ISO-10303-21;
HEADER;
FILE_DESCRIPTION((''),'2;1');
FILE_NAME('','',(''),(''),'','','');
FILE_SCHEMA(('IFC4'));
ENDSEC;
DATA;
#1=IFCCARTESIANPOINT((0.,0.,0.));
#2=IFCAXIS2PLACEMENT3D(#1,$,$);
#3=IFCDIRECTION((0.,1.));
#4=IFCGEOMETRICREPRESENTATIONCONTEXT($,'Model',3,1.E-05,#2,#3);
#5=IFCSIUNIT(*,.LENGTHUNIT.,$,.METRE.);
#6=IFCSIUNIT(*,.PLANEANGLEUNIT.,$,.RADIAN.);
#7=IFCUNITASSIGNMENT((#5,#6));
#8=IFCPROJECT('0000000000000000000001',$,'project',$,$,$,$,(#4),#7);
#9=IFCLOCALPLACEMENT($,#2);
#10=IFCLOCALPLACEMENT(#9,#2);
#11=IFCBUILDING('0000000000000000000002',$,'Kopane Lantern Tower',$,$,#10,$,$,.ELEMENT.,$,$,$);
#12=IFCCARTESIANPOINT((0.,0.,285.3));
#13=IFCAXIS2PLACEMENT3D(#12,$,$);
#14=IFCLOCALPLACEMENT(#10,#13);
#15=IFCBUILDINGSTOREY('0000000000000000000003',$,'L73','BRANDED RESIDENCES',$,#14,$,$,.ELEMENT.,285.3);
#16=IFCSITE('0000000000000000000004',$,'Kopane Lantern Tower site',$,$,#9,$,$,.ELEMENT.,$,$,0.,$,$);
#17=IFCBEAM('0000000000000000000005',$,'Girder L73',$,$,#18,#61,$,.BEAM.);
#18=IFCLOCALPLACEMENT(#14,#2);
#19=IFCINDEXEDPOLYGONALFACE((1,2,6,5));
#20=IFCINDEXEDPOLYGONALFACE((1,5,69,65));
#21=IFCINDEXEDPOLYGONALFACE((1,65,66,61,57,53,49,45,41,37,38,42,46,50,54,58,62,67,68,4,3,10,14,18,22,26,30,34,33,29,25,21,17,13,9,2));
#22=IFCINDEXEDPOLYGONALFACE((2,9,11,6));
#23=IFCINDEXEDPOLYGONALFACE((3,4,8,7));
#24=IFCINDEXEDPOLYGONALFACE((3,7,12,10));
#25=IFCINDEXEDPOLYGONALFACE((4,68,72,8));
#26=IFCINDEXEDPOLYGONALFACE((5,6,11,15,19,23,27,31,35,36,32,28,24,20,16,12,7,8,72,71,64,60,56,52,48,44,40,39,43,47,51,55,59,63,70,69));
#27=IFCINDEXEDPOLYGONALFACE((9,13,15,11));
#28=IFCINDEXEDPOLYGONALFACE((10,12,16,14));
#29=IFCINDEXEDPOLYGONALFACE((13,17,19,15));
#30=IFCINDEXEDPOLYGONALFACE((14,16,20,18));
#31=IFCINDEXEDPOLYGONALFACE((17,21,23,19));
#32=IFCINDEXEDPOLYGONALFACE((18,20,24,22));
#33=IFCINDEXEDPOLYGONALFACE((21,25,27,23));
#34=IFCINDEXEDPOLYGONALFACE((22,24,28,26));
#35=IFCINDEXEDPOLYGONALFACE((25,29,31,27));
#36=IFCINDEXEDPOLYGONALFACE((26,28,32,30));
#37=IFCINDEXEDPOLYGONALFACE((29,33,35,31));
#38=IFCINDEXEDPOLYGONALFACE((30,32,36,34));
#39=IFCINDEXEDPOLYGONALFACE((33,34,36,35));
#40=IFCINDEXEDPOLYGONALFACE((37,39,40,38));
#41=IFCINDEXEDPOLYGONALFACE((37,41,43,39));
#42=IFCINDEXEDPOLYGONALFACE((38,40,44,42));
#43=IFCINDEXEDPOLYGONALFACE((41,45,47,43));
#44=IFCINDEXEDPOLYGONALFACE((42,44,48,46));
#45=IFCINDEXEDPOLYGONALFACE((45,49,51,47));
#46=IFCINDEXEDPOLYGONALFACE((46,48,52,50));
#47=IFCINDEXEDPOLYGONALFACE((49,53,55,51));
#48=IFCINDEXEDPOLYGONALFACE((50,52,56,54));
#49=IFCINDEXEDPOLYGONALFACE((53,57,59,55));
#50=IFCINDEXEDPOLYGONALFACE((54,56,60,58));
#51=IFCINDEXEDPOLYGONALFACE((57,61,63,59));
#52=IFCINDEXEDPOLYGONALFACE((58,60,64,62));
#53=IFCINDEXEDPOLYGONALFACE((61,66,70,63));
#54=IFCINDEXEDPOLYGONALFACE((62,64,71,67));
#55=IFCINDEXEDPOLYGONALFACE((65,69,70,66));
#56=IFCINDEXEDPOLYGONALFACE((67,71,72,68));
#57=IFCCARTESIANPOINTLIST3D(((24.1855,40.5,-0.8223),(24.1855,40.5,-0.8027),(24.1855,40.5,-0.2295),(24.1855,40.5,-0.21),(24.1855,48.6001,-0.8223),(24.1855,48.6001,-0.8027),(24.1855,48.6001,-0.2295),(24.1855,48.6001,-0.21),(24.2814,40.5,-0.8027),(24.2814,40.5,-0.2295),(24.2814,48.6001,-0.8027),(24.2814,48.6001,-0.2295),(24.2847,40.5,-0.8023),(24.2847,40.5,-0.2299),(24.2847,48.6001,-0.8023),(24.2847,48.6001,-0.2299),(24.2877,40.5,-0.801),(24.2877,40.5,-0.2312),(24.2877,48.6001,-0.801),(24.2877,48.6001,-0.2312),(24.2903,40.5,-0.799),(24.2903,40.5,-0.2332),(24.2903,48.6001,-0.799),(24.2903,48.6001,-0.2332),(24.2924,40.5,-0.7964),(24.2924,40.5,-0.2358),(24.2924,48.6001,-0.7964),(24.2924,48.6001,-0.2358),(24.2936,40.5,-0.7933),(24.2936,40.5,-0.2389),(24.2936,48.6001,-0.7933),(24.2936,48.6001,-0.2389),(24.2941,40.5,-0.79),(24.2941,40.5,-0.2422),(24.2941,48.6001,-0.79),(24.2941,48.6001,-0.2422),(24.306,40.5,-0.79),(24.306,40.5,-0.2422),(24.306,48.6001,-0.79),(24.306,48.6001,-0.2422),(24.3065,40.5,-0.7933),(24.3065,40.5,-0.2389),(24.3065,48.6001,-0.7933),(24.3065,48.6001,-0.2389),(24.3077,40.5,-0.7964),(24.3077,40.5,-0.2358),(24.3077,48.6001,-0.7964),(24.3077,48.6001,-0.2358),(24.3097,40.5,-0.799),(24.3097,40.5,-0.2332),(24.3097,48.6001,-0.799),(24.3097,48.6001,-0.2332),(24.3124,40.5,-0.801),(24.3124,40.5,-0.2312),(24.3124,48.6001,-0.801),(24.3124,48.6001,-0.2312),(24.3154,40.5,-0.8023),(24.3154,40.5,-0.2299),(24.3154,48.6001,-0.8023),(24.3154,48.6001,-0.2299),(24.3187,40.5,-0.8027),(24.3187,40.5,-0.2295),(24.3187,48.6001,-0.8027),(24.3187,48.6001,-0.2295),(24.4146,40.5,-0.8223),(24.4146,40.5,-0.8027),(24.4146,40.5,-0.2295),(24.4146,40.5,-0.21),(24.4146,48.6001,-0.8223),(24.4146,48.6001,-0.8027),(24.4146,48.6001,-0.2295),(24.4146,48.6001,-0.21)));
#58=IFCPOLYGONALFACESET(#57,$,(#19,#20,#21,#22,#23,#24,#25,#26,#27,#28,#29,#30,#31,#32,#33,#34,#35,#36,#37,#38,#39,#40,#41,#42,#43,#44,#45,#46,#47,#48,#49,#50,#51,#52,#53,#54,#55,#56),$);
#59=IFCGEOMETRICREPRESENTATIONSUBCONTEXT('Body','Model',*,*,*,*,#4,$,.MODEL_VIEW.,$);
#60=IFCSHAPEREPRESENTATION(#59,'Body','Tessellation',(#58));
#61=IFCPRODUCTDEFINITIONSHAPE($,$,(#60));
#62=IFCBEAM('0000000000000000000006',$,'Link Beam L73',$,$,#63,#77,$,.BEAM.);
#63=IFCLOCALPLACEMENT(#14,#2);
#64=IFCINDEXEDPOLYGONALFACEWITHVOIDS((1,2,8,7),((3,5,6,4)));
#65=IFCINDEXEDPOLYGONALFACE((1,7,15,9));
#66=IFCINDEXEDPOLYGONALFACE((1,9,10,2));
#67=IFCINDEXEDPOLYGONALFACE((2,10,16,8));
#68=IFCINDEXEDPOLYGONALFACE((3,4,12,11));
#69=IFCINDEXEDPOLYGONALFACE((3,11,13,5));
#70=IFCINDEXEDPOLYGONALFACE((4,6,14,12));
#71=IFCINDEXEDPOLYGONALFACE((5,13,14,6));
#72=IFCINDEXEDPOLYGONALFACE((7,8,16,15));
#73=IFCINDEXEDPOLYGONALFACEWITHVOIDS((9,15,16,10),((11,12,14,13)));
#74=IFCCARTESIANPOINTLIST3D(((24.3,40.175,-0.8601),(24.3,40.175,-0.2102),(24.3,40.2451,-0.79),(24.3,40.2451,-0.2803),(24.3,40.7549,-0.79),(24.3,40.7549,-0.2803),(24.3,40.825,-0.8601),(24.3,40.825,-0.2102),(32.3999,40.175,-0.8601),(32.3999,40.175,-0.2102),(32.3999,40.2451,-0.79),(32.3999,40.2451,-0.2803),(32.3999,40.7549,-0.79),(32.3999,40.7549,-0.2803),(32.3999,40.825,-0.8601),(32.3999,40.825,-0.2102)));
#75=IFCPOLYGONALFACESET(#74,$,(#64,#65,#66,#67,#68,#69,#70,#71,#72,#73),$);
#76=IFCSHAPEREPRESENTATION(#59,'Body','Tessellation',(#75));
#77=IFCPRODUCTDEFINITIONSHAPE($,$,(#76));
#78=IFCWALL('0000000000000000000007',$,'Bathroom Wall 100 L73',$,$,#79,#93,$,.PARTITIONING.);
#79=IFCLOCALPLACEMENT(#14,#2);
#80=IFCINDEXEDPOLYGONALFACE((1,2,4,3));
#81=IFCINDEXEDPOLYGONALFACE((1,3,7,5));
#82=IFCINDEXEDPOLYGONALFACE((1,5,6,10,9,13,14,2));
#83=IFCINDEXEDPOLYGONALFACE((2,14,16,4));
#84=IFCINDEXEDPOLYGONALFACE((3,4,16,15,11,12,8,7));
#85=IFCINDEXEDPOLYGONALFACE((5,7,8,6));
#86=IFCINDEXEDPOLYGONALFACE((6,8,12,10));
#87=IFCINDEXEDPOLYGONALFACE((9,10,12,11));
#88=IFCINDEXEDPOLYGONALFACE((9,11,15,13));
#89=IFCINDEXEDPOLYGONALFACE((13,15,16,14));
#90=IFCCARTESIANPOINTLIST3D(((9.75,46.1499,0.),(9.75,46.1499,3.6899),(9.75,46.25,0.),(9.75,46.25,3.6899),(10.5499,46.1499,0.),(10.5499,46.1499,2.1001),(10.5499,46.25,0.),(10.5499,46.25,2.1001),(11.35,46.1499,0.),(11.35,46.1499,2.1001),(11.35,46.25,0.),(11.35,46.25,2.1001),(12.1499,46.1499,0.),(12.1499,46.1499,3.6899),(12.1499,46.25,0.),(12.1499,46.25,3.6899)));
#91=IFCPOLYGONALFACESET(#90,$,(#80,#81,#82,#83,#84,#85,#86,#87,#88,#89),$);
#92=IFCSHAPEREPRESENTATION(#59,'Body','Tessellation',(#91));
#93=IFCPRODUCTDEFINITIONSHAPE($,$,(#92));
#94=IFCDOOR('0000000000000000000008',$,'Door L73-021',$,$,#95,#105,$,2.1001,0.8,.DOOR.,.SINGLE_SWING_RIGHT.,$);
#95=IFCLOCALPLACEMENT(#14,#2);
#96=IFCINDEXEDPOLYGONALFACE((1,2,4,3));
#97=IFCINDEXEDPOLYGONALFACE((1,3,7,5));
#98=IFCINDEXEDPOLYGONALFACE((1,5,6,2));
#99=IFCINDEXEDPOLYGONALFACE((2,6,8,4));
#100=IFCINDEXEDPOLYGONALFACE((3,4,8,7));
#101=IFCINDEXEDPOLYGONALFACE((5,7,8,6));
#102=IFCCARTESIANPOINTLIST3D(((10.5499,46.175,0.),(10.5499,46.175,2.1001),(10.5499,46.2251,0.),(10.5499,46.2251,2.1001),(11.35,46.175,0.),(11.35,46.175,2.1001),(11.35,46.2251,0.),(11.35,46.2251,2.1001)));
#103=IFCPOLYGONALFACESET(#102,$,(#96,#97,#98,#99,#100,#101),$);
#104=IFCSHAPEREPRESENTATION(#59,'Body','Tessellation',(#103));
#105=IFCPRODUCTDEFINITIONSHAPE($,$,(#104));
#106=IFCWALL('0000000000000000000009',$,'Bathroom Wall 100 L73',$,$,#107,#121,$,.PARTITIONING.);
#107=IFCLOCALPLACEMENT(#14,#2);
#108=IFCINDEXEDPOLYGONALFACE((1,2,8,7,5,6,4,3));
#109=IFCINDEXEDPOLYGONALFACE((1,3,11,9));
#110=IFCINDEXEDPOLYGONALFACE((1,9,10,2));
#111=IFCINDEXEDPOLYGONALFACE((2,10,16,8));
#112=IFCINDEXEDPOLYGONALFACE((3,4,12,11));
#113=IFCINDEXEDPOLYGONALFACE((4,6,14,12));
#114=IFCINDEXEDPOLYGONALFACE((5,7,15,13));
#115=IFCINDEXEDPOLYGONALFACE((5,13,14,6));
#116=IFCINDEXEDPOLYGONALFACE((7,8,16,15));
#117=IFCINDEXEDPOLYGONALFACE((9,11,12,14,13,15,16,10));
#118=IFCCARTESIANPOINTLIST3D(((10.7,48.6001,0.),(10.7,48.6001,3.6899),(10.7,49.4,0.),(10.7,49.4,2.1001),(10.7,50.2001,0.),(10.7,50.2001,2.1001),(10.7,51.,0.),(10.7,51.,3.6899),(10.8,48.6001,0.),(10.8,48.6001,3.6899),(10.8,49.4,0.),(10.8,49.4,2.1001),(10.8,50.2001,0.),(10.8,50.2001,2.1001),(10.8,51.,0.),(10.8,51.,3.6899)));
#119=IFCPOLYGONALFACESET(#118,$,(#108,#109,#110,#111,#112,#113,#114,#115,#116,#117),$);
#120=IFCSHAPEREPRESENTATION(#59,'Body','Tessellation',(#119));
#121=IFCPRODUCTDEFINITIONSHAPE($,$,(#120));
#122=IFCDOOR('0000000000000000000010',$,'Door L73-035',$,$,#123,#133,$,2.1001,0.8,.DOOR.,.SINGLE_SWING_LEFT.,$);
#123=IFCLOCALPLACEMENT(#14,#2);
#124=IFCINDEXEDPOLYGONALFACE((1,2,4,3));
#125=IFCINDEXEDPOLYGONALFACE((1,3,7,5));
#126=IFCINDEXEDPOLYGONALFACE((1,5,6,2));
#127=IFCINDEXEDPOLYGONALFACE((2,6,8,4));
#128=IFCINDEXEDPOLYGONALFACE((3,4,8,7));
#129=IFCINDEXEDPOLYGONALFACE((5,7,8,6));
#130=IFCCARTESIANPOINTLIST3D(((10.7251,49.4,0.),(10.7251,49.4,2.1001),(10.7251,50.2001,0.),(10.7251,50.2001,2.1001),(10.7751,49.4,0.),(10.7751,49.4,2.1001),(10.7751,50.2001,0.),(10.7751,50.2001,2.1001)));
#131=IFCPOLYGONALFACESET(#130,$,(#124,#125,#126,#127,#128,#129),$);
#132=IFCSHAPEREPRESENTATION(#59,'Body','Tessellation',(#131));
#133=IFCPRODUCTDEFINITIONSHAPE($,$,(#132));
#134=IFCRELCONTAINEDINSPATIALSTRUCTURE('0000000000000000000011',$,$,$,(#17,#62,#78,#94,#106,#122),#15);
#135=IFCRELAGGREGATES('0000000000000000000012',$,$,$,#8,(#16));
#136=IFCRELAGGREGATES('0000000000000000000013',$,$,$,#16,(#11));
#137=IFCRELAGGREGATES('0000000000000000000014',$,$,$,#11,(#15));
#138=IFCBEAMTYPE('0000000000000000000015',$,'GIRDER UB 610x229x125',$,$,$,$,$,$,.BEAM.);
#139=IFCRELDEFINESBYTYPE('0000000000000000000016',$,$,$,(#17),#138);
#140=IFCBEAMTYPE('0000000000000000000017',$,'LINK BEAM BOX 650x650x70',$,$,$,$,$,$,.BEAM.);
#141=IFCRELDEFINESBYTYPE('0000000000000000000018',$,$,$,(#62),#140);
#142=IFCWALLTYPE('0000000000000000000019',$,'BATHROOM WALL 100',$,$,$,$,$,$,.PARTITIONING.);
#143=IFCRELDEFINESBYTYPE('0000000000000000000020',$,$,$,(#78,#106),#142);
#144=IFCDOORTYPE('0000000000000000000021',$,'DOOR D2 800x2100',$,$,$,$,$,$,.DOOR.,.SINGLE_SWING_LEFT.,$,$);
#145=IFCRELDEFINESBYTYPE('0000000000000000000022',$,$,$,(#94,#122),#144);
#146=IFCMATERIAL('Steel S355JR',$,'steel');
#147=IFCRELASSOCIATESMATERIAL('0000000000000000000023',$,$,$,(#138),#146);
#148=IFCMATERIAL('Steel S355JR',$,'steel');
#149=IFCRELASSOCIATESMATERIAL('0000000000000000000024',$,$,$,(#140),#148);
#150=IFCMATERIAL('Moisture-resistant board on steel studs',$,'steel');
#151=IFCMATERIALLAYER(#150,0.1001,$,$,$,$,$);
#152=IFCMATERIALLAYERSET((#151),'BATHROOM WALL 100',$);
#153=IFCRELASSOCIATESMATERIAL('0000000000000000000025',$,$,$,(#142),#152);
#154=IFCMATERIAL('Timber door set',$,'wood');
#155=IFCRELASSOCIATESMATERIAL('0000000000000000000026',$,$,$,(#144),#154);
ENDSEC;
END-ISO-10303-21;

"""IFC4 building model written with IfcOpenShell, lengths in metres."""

from ifc_helpers import new_model, si_unit, direction, frame, frame_2d, origin, origin_2d, place, context, subcontext, project, spatial, rectangle, hollow_rectangle, i_section, extrude, material, layer, layer_set, material_profile, profile_set, type_object, element, fill, save


model = new_model("IFC4")

# Units and contexts
model_context = context("Model", 3, precision=1e-05, world=origin(), true_north=direction((0.0, 1.0)))
body_context = subcontext(model_context, "Body", "Model", "MODEL_VIEW")
ifc_project = project(units=[si_unit("LENGTHUNIT", "METRE"), si_unit("PLANEANGLEUNIT", "RADIAN")], contexts=[model_context])

# Site, building, storey
site_placement = place(None, origin())
site = spatial("IfcSite", under=ifc_project, at=site_placement, Name="Kopane Lantern Tower site", CompositionType="ELEMENT", RefElevation=0.0)
building_placement = place(site_placement, origin())
building = spatial("IfcBuilding", under=site, at=building_placement, Name="Kopane Lantern Tower", CompositionType="ELEMENT")
storey_placement = place(building_placement, frame((0.0, 0.0, 285.3)))
storey = spatial("IfcBuildingStorey", under=building, at=storey_placement, Name="L73", Description="BRANDED RESIDENCES", CompositionType="ELEMENT", Elevation=285.3)

# Beams
ifc_material_1 = material(Name="Steel S355JR", Category="steel")
ifc_material_profile_1 = material_profile(ifc_material_1, i_section(OverallWidth=0.229, OverallDepth=0.6123, WebThickness=0.012, FlangeThickness=0.0195, FilletRadius=0.0127, at=origin_2d()), Name="UB 610x229x125")
ifc_profile_set_1 = profile_set([ifc_material_profile_1], Name="Steel S355JR")
beam_type_1 = type_object("IfcBeamType", Name="GIRDER UB 610x229x125", PredefinedType="BEAM", material=ifc_profile_set_1)
for number, where, z_axis, x_axis, name in (
    (1, (24.3, 40.5, -0.5161), (0.0, 1.0, 0.0), (-1.0, 0.0, 0.0), "Girder L73"),
):
    element("IfcBeam", number, at=place(storey_placement, frame(where, z_axis=z_axis, x_axis=x_axis)), inside=storey, type_object=beam_type_1, Name=name, PredefinedType="BEAM", context=body_context, shape_type="SweptSolid", body=[
        extrude(i_section(OverallWidth=0.229, OverallDepth=0.6123, WebThickness=0.012, FlangeThickness=0.0195, FilletRadius=0.0127, at=origin_2d()), origin(), (0.0, 0.0, 1.0), 8.1001),
    ])
ifc_material_2 = material(Name="Steel S355JR", Category="steel")
ifc_material_profile_2 = material_profile(ifc_material_2, hollow_rectangle(XDim=0.6499, YDim=0.6499, WallThickness=0.0701, at=origin_2d()), Name="BOX 650x650x70")
ifc_profile_set_2 = profile_set([ifc_material_profile_2], Name="Steel S355JR")
beam_type_2 = type_object("IfcBeamType", Name="LINK BEAM BOX 650x650x70", PredefinedType="BEAM", material=ifc_profile_set_2)
beam_1_placement = place(storey_placement, frame((24.3, 40.5, -0.5352), z_axis=(1.0, 0.0, 0.0), x_axis=(0.0, 1.0, 0.0)))
element("IfcBeam", 2, at=beam_1_placement, inside=storey, type_object=beam_type_2, Name="Link Beam L73", PredefinedType="BEAM", context=body_context, shape_type="SweptSolid", body=[
    extrude(hollow_rectangle(XDim=0.6499, YDim=0.6499, WallThickness=0.0701, at=origin_2d()), origin(), (0.0, 0.0, 1.0), 8.0999),
])

# Walls, openings, doors
ifc_material_3 = material(Name="Moisture-resistant board on steel studs", Category="steel")
ifc_layer_1 = layer(ifc_material_3, 0.1001)
ifc_layer_set_1 = layer_set([ifc_layer_1], Name="BATHROOM WALL 100")
wall_type_1 = type_object("IfcWallType", Name="BATHROOM WALL 100", PredefinedType="PARTITIONING", material=ifc_layer_set_1)
wall_1_placement = place(storey_placement, frame((12.1499, 46.2, 0.0), z_axis=(0.0, 0.0, 1.0), x_axis=(-1.0, 0.0, 0.0)))
wall_1 = element("IfcWall", 3, at=wall_1_placement, inside=storey, type_object=wall_type_1, Name="Bathroom Wall 100 L73", PredefinedType="PARTITIONING", context=body_context, shape_type="SweptSolid", body=[
    extrude(rectangle(XDim=2.3999, YDim=0.1001, at=frame_2d((1.2, 0.0))), origin(), (0.0, 0.0, 1.0), 3.6899),
])
opening_1_placement = place(wall_1_placement, frame((0.8, 0.0, 0.0)))
opening_1 = element("IfcOpeningElement", 4, at=opening_1_placement, cuts=wall_1, PredefinedType="OPENING", context=body_context, shape_type="SweptSolid", body=[
    extrude(rectangle(XDim=0.8, YDim=2.1001, at=frame_2d((0.3999, 1.05))), frame((0.0, 0.0601, 0.0), z_axis=(0.0, -1.0, 0.0), x_axis=(1.0, 0.0, 0.0)), (0.0, 0.0, 1.0), 0.1201),
])
ifc_material_4 = material(Name="Timber door set", Category="wood")
door_type_1 = type_object("IfcDoorType", Name="DOOR D2 800x2100", OperationType="SINGLE_SWING_LEFT", PredefinedType="DOOR", material=ifc_material_4)
door_1_placement = place(opening_1_placement, origin())
door_1 = element("IfcDoor", 5, at=door_1_placement, inside=storey, type_object=door_type_1, Name="Door L73-021", OperationType="SINGLE_SWING_RIGHT", OverallHeight=2.1001, OverallWidth=0.8, PredefinedType="DOOR", context=body_context, shape_type="SweptSolid", body=[
    extrude(rectangle(XDim=0.8, YDim=2.1001, at=frame_2d((0.3999, 1.05))), frame((0.0, 0.0249, 0.0), z_axis=(0.0, -1.0, 0.0), x_axis=(1.0, 0.0, 0.0)), (0.0, 0.0, 1.0), 0.05),
])
fill(opening_1, door_1)
wall_2_placement = place(storey_placement, frame((10.75, 48.6001, 0.0), z_axis=(0.0, 0.0, 1.0), x_axis=(0.0, 1.0, 0.0)))
wall_2 = element("IfcWall", 6, at=wall_2_placement, inside=storey, type_object=wall_type_1, Name="Bathroom Wall 100 L73", PredefinedType="PARTITIONING", context=body_context, shape_type="SweptSolid", body=[
    extrude(rectangle(XDim=2.3999, YDim=0.1001, at=frame_2d((1.2, 0.0))), origin(), (0.0, 0.0, 1.0), 3.6899),
])
opening_2_placement = place(wall_2_placement, frame((0.8, 0.0, 0.0)))
opening_2 = element("IfcOpeningElement", 7, at=opening_2_placement, cuts=wall_2, PredefinedType="OPENING", context=body_context, shape_type="SweptSolid", body=[
    extrude(rectangle(XDim=0.8, YDim=2.1001, at=frame_2d((0.3999, 1.05))), frame((0.0, 0.0601, 0.0), z_axis=(0.0, -1.0, 0.0), x_axis=(1.0, 0.0, 0.0)), (0.0, 0.0, 1.0), 0.1201),
])
door_2_placement = place(opening_2_placement, origin())
door_2 = element("IfcDoor", 8, at=door_2_placement, inside=storey, type_object=door_type_1, Name="Door L73-035", OperationType="SINGLE_SWING_LEFT", OverallHeight=2.1001, OverallWidth=0.8, PredefinedType="DOOR", context=body_context, shape_type="SweptSolid", body=[
    extrude(rectangle(XDim=0.8, YDim=2.1001, at=frame_2d((0.3999, 1.05))), frame((0.0, 0.0249, 0.0), z_axis=(0.0, -1.0, 0.0), x_axis=(1.0, 0.0, 0.0)), (0.0, 0.0, 1.0), 0.05),
])
fill(opening_2, door_2)

save(model, "model.ifc")
